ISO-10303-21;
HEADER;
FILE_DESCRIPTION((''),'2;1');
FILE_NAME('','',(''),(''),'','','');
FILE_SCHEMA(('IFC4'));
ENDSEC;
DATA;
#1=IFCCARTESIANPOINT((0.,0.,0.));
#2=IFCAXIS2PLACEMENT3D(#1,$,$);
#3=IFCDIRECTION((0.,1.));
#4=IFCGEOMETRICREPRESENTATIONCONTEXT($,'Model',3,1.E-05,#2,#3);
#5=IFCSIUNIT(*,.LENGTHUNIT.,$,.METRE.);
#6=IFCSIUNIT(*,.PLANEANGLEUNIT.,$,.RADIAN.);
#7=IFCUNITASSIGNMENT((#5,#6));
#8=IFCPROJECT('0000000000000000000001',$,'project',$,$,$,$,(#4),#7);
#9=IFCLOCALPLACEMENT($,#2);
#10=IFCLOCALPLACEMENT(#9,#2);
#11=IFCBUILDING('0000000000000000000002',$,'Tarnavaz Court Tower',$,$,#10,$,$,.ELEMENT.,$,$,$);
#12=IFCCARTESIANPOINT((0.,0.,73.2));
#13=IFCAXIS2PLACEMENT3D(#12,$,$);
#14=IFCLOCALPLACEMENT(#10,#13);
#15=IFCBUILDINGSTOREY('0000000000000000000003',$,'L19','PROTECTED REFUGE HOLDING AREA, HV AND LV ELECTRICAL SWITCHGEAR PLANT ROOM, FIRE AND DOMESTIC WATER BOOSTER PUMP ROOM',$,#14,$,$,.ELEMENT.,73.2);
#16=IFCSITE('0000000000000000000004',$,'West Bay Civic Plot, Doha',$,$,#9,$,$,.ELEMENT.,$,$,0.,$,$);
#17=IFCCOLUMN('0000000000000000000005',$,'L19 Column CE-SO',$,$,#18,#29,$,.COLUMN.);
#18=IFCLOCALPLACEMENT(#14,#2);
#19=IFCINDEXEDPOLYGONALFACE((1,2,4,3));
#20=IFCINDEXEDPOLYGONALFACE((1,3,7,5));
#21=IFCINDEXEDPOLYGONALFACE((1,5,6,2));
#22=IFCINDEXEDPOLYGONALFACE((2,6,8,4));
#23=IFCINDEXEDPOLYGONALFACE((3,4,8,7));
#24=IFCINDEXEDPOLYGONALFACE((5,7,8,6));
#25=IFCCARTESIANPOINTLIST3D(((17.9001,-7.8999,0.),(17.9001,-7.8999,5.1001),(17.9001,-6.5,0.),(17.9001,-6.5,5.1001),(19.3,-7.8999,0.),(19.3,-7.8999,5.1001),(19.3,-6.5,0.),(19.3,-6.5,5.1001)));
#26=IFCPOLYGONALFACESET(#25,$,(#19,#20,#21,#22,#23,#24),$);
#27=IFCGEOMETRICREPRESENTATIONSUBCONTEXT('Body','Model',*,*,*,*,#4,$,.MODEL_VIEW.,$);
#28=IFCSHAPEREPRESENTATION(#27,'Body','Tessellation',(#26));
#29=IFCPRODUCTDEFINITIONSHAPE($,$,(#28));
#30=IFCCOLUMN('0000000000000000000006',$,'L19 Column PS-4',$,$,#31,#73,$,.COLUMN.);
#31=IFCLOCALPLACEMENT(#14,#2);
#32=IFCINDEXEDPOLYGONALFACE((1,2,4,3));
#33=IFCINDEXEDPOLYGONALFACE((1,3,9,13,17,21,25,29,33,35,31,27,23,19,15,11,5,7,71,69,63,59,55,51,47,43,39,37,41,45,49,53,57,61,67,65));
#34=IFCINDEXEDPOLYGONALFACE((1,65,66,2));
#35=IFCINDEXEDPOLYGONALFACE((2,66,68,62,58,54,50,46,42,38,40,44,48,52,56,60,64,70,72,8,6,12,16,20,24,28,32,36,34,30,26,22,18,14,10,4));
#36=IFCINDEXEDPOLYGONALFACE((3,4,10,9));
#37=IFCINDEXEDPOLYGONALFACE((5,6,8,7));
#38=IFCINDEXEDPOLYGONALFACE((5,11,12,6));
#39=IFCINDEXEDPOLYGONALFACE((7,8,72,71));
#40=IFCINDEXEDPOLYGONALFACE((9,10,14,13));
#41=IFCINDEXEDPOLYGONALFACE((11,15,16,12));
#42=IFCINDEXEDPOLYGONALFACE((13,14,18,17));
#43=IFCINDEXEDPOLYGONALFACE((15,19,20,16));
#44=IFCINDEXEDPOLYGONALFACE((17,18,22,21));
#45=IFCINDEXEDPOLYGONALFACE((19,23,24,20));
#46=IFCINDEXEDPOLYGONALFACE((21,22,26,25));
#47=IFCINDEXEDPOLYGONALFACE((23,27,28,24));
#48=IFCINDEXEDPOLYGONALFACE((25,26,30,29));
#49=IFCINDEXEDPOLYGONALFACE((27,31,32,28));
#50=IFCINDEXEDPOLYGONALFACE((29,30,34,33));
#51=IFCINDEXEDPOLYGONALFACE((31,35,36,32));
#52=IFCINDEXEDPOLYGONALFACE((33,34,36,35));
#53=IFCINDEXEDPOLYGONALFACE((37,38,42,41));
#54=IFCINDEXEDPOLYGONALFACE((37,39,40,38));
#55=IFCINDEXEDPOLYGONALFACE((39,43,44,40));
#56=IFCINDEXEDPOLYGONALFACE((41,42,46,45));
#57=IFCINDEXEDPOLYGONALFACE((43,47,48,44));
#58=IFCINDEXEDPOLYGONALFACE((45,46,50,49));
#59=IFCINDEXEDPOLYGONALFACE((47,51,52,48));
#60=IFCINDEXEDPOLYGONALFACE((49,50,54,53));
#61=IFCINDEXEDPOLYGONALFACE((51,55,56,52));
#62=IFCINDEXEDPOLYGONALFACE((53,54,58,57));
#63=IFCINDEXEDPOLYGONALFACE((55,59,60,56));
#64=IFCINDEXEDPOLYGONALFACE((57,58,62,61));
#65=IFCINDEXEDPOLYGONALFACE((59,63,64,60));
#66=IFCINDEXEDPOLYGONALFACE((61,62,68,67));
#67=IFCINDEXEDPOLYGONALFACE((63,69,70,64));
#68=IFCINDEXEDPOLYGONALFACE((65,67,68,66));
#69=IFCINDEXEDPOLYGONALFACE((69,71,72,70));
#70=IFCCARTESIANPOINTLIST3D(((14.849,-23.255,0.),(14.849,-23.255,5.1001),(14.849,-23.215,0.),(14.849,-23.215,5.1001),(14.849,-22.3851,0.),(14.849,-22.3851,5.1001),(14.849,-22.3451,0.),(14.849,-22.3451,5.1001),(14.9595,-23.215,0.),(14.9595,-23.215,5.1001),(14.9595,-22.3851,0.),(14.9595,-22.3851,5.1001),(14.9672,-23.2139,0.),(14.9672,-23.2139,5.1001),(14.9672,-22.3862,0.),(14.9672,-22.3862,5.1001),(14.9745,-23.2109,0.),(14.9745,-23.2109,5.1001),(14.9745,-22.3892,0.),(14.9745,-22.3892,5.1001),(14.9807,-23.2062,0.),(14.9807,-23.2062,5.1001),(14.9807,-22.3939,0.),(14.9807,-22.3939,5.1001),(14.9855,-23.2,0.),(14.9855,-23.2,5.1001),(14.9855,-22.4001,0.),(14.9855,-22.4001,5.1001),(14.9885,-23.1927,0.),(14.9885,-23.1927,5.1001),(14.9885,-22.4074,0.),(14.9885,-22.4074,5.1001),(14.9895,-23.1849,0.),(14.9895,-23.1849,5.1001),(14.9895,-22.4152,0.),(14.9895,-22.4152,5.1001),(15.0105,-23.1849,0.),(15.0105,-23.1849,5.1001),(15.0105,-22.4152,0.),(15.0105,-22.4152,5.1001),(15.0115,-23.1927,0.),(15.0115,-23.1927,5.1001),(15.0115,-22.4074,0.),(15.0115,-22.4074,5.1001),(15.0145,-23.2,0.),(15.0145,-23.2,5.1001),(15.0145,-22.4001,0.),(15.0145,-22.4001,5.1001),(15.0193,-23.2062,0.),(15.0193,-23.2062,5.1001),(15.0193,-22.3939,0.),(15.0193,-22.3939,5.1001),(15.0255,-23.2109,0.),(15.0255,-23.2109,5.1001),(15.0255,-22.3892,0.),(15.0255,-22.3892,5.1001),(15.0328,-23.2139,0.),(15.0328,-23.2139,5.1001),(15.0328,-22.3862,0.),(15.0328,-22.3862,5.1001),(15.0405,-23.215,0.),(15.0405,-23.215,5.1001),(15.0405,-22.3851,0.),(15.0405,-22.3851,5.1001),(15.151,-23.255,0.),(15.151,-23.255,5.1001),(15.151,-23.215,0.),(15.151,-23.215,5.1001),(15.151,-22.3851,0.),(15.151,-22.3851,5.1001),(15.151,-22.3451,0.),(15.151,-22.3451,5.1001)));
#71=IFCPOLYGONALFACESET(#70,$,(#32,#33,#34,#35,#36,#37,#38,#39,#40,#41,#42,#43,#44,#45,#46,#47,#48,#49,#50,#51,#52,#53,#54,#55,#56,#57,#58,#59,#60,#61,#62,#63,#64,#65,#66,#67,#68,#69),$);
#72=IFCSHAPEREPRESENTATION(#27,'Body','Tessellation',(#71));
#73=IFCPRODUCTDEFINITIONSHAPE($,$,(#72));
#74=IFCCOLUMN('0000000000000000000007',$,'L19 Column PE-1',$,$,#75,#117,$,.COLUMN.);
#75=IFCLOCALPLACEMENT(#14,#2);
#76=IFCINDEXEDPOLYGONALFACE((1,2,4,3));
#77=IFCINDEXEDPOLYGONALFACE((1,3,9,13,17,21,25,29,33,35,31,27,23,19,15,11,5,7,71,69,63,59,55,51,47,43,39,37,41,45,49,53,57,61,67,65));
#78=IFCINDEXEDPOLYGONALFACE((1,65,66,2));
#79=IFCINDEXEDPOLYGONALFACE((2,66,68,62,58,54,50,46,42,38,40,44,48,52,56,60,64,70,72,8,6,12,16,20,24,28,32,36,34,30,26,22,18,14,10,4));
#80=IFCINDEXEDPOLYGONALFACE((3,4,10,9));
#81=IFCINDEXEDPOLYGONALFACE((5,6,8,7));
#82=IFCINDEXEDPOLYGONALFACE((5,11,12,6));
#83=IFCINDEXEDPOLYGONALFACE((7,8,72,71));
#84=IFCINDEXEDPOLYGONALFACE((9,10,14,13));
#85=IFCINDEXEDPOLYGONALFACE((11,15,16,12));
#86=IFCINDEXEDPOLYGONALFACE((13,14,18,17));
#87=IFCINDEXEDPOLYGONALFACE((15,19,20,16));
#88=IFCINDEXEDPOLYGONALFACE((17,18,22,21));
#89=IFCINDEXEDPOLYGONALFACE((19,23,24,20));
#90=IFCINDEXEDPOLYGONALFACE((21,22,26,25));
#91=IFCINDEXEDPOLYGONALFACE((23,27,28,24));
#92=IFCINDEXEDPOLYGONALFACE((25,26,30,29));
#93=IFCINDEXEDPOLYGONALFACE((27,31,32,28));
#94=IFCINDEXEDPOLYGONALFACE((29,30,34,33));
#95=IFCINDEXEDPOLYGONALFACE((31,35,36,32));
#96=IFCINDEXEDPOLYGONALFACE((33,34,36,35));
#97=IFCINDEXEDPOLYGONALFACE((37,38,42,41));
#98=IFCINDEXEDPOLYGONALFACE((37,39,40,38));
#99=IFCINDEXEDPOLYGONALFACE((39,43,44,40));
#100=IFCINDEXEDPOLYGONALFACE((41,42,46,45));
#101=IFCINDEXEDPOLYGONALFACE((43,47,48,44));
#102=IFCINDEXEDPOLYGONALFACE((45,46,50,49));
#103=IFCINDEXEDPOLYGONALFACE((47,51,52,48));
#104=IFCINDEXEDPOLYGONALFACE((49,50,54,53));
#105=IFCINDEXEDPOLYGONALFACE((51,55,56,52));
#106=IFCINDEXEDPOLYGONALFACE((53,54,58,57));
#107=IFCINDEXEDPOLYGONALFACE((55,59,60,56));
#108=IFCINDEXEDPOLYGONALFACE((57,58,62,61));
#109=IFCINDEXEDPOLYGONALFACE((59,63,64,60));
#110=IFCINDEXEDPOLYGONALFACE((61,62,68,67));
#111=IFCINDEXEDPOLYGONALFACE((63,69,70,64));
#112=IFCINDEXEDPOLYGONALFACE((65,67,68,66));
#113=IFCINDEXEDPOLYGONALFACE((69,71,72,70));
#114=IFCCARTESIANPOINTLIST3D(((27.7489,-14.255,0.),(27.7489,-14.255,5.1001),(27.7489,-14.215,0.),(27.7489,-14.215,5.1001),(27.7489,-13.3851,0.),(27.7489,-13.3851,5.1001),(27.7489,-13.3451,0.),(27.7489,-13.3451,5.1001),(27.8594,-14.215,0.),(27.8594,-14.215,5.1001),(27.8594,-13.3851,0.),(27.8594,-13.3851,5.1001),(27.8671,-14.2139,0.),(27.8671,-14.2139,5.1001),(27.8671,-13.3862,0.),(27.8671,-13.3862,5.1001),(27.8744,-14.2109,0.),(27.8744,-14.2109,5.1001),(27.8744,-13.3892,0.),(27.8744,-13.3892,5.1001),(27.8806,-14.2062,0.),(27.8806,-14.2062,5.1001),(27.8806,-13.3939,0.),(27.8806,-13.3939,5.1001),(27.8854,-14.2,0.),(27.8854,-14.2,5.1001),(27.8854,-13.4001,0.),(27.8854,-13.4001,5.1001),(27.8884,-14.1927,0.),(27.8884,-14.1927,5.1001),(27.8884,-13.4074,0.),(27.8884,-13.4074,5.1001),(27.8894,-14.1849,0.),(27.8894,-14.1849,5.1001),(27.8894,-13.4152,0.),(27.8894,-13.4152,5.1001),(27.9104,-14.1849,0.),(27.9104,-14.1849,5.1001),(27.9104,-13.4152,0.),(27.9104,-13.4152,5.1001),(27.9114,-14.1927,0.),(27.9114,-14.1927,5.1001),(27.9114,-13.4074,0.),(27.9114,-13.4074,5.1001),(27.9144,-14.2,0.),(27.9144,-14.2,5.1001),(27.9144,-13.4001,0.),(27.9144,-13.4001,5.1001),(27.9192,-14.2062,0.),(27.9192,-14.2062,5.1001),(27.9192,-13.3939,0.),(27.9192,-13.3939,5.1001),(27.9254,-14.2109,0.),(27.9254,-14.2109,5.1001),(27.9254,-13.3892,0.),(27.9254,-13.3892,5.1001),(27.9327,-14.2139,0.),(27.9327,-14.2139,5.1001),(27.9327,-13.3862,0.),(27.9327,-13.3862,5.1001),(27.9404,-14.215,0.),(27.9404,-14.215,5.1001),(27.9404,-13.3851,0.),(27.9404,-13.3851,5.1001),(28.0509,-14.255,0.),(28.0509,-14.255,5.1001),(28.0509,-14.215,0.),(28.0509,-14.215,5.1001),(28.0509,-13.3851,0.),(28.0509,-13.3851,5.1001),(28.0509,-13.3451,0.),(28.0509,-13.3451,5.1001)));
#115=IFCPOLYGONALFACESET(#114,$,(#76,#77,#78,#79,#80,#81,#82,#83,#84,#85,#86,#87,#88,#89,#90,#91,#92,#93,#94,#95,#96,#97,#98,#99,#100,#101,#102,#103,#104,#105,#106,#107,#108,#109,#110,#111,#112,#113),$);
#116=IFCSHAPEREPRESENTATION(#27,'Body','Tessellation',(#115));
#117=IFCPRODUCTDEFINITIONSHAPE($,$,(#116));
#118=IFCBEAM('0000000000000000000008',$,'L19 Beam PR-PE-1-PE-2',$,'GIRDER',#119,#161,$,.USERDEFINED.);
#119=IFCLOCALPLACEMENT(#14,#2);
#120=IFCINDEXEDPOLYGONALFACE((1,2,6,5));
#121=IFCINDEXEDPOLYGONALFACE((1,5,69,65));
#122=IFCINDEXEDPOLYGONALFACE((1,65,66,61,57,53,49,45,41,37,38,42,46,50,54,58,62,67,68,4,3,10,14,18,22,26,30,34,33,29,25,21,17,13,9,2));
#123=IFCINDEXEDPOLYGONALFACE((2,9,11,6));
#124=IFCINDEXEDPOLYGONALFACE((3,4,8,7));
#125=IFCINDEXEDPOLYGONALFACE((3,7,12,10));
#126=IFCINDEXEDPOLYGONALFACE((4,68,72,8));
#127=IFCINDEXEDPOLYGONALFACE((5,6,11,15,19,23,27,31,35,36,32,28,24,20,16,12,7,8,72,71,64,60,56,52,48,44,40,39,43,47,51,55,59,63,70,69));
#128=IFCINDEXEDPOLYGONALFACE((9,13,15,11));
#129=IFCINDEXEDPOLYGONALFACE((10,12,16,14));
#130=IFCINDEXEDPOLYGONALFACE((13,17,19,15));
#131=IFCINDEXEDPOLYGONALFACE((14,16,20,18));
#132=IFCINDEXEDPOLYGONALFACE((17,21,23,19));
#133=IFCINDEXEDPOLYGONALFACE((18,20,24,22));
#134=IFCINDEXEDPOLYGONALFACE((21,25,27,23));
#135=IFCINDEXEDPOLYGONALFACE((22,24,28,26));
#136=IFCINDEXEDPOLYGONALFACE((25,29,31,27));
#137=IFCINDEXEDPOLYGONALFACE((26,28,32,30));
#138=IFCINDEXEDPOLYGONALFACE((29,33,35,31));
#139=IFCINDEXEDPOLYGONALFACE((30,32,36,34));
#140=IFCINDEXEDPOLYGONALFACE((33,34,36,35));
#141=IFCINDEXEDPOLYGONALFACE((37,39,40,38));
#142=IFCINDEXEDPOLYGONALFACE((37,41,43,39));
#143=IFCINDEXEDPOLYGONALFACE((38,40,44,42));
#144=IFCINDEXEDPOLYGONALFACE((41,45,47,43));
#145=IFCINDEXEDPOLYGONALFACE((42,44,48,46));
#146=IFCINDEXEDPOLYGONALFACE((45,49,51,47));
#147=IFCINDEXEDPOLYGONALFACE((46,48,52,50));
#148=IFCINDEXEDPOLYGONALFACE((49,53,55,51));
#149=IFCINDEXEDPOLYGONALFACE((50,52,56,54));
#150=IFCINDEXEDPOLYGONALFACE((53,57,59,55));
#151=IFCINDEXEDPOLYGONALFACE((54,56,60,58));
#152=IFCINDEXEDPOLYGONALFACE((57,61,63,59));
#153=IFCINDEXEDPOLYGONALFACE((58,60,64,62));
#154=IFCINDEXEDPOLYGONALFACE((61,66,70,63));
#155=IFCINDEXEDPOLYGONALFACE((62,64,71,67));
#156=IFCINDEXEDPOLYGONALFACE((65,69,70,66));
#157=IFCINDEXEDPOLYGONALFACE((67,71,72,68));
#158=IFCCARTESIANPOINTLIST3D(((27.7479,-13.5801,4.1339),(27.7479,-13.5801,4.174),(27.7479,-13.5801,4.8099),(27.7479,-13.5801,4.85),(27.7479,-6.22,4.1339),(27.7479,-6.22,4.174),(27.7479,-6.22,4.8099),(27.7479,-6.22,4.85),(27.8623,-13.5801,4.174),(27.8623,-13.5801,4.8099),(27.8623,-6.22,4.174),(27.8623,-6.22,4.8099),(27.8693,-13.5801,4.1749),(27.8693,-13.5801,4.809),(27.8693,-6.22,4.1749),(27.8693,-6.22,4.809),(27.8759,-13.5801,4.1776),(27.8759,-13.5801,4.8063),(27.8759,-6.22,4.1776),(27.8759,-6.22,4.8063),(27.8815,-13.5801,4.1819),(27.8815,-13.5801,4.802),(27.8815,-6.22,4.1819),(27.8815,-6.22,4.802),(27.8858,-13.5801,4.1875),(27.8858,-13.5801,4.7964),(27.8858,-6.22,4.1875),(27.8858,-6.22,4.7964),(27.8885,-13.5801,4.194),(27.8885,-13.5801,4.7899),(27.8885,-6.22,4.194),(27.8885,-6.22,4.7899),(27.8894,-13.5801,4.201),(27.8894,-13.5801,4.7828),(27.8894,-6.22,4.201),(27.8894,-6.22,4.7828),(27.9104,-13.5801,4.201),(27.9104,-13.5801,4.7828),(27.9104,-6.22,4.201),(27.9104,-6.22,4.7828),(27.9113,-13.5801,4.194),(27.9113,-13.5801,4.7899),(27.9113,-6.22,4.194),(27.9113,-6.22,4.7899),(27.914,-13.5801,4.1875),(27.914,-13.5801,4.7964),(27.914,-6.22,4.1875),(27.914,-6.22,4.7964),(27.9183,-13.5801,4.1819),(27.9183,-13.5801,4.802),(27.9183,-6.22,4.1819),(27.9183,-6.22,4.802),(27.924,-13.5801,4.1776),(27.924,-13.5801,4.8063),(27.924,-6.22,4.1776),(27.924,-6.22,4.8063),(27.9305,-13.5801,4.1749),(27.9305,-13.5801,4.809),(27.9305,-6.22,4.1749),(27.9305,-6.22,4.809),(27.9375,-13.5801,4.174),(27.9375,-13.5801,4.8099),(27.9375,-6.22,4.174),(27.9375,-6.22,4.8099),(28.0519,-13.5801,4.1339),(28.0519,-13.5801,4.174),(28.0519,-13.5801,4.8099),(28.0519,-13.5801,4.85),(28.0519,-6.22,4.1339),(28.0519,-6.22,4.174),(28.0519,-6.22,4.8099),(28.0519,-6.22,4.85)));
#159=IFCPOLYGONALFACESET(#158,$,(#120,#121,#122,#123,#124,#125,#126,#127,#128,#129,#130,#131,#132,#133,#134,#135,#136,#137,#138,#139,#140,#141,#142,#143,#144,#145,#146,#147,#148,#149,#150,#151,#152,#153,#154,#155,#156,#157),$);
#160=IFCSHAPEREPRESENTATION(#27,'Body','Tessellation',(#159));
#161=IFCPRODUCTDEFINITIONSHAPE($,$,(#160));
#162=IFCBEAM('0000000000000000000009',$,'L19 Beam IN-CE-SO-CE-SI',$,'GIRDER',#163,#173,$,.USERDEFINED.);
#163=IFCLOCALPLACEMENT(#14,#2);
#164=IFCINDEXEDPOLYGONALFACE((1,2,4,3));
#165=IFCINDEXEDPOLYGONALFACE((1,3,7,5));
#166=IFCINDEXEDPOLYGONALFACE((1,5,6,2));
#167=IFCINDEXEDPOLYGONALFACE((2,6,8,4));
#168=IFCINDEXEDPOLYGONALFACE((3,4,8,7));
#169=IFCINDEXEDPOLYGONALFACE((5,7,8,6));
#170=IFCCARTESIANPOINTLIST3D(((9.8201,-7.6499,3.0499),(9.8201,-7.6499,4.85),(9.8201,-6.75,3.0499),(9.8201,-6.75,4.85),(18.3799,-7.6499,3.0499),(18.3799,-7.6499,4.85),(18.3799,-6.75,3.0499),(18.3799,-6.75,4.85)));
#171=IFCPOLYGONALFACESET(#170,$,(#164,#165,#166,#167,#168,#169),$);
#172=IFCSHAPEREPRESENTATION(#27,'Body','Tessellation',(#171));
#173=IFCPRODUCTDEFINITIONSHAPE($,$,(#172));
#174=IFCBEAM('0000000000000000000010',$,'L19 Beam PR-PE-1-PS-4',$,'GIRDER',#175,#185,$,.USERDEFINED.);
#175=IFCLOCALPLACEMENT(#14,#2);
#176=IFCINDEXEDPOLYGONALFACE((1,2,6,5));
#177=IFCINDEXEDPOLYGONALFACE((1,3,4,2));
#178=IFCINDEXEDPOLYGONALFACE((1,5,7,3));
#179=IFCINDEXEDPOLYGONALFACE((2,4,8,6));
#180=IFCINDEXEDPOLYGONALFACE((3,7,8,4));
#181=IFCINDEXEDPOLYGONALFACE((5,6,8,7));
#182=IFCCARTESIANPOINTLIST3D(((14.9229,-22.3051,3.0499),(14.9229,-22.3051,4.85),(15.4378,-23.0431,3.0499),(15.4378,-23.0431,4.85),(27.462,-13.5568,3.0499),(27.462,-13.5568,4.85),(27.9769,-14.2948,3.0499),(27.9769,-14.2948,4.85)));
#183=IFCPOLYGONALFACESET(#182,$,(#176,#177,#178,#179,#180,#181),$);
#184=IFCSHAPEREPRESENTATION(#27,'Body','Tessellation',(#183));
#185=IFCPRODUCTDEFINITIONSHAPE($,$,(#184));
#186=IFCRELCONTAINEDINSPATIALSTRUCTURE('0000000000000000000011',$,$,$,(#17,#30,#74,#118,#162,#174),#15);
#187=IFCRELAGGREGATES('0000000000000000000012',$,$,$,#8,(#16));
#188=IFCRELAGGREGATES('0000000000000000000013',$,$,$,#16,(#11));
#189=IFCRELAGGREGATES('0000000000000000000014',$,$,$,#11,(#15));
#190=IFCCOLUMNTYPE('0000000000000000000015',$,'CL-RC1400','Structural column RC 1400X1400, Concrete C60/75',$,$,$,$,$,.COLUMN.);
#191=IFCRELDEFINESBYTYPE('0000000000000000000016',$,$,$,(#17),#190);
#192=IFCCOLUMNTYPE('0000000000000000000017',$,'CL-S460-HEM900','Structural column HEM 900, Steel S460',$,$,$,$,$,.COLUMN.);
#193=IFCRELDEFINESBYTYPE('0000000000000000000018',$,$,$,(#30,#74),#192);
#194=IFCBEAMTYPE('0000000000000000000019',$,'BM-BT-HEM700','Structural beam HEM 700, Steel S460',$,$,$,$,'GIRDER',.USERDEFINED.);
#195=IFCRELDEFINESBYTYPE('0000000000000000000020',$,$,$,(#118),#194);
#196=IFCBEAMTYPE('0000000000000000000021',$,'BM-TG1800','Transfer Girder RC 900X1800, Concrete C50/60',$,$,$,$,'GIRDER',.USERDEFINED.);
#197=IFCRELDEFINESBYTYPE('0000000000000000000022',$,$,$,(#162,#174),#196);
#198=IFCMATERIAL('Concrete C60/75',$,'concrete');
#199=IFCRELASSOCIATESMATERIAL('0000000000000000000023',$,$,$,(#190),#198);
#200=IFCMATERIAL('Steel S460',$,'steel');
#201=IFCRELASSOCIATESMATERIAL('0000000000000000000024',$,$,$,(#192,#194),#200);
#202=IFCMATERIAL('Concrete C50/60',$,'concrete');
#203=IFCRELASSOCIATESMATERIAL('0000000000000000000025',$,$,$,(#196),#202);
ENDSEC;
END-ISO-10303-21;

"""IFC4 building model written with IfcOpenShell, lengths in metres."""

from ifc_helpers import new_model, si_unit, direction, frame, origin, origin_2d, place, context, subcontext, project, spatial, rectangle, i_section, extrude, material, material_profile, profile_set, type_object, element, save


model = new_model("IFC4")

# Units and contexts
model_context = context("Model", 3, precision=1e-05, world=origin(), true_north=direction((0.0, 1.0)))
body_context = subcontext(model_context, "Body", "Model", "MODEL_VIEW")
ifc_project = project(units=[si_unit("LENGTHUNIT", "METRE"), si_unit("PLANEANGLEUNIT", "RADIAN")], contexts=[model_context])

# Site, building, storey
site_placement = place(None, origin())
site = spatial("IfcSite", under=ifc_project, at=site_placement, Name="West Bay Civic Plot, Doha", CompositionType="ELEMENT", RefElevation=0.0)
building_placement = place(site_placement, origin())
building = spatial("IfcBuilding", under=site, at=building_placement, Name="Tarnavaz Court Tower", CompositionType="ELEMENT")
storey_placement = place(building_placement, frame((0.0, 0.0, 73.2)))
storey = spatial("IfcBuildingStorey", under=building, at=storey_placement, Name="L19", Description="PROTECTED REFUGE HOLDING AREA, HV AND LV ELECTRICAL SWITCHGEAR PLANT ROOM, FIRE AND DOMESTIC WATER BOOSTER PUMP ROOM", CompositionType="ELEMENT", Elevation=73.2)

# Columns
ifc_material_1 = material(Name="Concrete C60/75", Category="concrete")
ifc_material_profile_1 = material_profile(ifc_material_1, rectangle(XDim=1.3999, YDim=1.3999, at=origin_2d()), Name="RC 1400X1400")
ifc_profile_set_1 = profile_set([ifc_material_profile_1], Name="Concrete C60/75")
column_type_1 = type_object("IfcColumnType", Name="CL-RC1400", Description="Structural column RC 1400X1400, Concrete C60/75", PredefinedType="COLUMN", material=ifc_profile_set_1)
column_placement = place(storey_placement, frame((18.6001, -7.2, 0.0), z_axis=(0.0, 0.0, 1.0), x_axis=(1.0, 0.0, 0.0)))
element("IfcColumn", 1, at=column_placement, inside=storey, type_object=column_type_1, Name="L19 Column CE-SO", PredefinedType="COLUMN", context=body_context, shape_type="SweptSolid", body=[
    extrude(rectangle(XDim=1.3999, YDim=1.3999, at=origin_2d()), origin(), (0.0, 0.0, 1.0), 5.1001),
])
ifc_material_2 = material(Name="Steel S460", Category="steel")
ifc_material_profile_2 = material_profile(ifc_material_2, i_section(OverallWidth=0.302, OverallDepth=0.9099, WebThickness=0.021, FlangeThickness=0.04, FilletRadius=0.03, at=origin_2d()), Name="HEM 900")
ifc_profile_set_2 = profile_set([ifc_material_profile_2], Name="Steel S460")
column_type_2 = type_object("IfcColumnType", Name="CL-S460-HEM900", Description="Structural column HEM 900, Steel S460", PredefinedType="COLUMN", material=ifc_profile_set_2)
for number, where, z_axis, x_axis, name in (
    (2, (15.0, -22.8, 0.0), (0.0, 0.0, 1.0), (1.0, 0.0, 0.0), "L19 Column PS-4"),
    (3, (27.8999, -13.8, 0.0), (0.0, 0.0, 1.0), (1.0, 0.0, 0.0), "L19 Column PE-1"),
):
    element("IfcColumn", number, at=place(storey_placement, frame(where, z_axis=z_axis, x_axis=x_axis)), inside=storey, type_object=column_type_2, Name=name, PredefinedType="COLUMN", context=body_context, shape_type="SweptSolid", body=[
        extrude(i_section(OverallWidth=0.302, OverallDepth=0.9099, WebThickness=0.021, FlangeThickness=0.04, FilletRadius=0.03, at=origin_2d()), origin(), (0.0, 0.0, 1.0), 5.1001),
    ])

# Beams
ifc_material_profile_3 = material_profile(ifc_material_2, i_section(OverallWidth=0.304, OverallDepth=0.7161, WebThickness=0.021, FlangeThickness=0.04, FilletRadius=0.0271, at=origin_2d()), Name="HEM 700")
ifc_profile_set_3 = profile_set([ifc_material_profile_3], Name="Steel S460")
beam_type_1 = type_object("IfcBeamType", Name="BM-BT-HEM700", Description="Structural beam HEM 700, Steel S460", ElementType="GIRDER", PredefinedType="USERDEFINED", material=ifc_profile_set_3)
beam_1_placement = place(storey_placement, frame((27.8999, -13.5801, 4.4919), z_axis=(0.0, 1.0, 0.0), x_axis=(-1.0, 0.0, 0.0)))
element("IfcBeam", 4, at=beam_1_placement, inside=storey, type_object=beam_type_1, Name="L19 Beam PR-PE-1-PE-2", ObjectType="GIRDER", PredefinedType="USERDEFINED", context=body_context, shape_type="SweptSolid", body=[
    extrude(i_section(OverallWidth=0.304, OverallDepth=0.7161, WebThickness=0.021, FlangeThickness=0.04, FilletRadius=0.0271, at=origin_2d()), origin(), (0.0, 0.0, 1.0), 7.3601),
])
ifc_material_3 = material(Name="Concrete C50/60", Category="concrete")
ifc_material_profile_4 = material_profile(ifc_material_3, rectangle(XDim=0.8999, YDim=1.8, at=origin_2d()), Name="RC 900X1800")
ifc_profile_set_4 = profile_set([ifc_material_profile_4], Name="Concrete C50/60")
beam_type_2 = type_object("IfcBeamType", Name="BM-TG1800", Description="Transfer Girder RC 900X1800, Concrete C50/60", ElementType="GIRDER", PredefinedType="USERDEFINED", material=ifc_profile_set_4)
beam_2_placement = place(storey_placement, frame((18.3799, -7.2, 3.95), z_axis=(-1.0, 0.0, 0.0), x_axis=(0.0, -1.0, 0.0)))
element("IfcBeam", 5, at=beam_2_placement, inside=storey, type_object=beam_type_2, Name="L19 Beam IN-CE-SO-CE-SI", ObjectType="GIRDER", PredefinedType="USERDEFINED", context=body_context, shape_type="SweptSolid", body=[
    extrude(rectangle(XDim=0.8999, YDim=1.8, at=origin_2d()), origin(), (0.0, 0.0, 1.0), 8.5598),
])
beam_3_placement = place(storey_placement, frame((27.7195, -13.9258, 3.95), z_axis=(-0.820124, -0.572186, 0.0), x_axis=(0.572186, -0.820124, 0.0)))
element("IfcBeam", 6, at=beam_3_placement, inside=storey, type_object=beam_type_2, Name="L19 Beam PR-PE-1-PS-4", ObjectType="GIRDER", PredefinedType="USERDEFINED", context=body_context, shape_type="SweptSolid", body=[
    extrude(rectangle(XDim=0.8999, YDim=1.8, at=origin_2d()), origin(), (0.0, 0.0, 1.0), 15.2893),
])

save(model, "model.ifc")
